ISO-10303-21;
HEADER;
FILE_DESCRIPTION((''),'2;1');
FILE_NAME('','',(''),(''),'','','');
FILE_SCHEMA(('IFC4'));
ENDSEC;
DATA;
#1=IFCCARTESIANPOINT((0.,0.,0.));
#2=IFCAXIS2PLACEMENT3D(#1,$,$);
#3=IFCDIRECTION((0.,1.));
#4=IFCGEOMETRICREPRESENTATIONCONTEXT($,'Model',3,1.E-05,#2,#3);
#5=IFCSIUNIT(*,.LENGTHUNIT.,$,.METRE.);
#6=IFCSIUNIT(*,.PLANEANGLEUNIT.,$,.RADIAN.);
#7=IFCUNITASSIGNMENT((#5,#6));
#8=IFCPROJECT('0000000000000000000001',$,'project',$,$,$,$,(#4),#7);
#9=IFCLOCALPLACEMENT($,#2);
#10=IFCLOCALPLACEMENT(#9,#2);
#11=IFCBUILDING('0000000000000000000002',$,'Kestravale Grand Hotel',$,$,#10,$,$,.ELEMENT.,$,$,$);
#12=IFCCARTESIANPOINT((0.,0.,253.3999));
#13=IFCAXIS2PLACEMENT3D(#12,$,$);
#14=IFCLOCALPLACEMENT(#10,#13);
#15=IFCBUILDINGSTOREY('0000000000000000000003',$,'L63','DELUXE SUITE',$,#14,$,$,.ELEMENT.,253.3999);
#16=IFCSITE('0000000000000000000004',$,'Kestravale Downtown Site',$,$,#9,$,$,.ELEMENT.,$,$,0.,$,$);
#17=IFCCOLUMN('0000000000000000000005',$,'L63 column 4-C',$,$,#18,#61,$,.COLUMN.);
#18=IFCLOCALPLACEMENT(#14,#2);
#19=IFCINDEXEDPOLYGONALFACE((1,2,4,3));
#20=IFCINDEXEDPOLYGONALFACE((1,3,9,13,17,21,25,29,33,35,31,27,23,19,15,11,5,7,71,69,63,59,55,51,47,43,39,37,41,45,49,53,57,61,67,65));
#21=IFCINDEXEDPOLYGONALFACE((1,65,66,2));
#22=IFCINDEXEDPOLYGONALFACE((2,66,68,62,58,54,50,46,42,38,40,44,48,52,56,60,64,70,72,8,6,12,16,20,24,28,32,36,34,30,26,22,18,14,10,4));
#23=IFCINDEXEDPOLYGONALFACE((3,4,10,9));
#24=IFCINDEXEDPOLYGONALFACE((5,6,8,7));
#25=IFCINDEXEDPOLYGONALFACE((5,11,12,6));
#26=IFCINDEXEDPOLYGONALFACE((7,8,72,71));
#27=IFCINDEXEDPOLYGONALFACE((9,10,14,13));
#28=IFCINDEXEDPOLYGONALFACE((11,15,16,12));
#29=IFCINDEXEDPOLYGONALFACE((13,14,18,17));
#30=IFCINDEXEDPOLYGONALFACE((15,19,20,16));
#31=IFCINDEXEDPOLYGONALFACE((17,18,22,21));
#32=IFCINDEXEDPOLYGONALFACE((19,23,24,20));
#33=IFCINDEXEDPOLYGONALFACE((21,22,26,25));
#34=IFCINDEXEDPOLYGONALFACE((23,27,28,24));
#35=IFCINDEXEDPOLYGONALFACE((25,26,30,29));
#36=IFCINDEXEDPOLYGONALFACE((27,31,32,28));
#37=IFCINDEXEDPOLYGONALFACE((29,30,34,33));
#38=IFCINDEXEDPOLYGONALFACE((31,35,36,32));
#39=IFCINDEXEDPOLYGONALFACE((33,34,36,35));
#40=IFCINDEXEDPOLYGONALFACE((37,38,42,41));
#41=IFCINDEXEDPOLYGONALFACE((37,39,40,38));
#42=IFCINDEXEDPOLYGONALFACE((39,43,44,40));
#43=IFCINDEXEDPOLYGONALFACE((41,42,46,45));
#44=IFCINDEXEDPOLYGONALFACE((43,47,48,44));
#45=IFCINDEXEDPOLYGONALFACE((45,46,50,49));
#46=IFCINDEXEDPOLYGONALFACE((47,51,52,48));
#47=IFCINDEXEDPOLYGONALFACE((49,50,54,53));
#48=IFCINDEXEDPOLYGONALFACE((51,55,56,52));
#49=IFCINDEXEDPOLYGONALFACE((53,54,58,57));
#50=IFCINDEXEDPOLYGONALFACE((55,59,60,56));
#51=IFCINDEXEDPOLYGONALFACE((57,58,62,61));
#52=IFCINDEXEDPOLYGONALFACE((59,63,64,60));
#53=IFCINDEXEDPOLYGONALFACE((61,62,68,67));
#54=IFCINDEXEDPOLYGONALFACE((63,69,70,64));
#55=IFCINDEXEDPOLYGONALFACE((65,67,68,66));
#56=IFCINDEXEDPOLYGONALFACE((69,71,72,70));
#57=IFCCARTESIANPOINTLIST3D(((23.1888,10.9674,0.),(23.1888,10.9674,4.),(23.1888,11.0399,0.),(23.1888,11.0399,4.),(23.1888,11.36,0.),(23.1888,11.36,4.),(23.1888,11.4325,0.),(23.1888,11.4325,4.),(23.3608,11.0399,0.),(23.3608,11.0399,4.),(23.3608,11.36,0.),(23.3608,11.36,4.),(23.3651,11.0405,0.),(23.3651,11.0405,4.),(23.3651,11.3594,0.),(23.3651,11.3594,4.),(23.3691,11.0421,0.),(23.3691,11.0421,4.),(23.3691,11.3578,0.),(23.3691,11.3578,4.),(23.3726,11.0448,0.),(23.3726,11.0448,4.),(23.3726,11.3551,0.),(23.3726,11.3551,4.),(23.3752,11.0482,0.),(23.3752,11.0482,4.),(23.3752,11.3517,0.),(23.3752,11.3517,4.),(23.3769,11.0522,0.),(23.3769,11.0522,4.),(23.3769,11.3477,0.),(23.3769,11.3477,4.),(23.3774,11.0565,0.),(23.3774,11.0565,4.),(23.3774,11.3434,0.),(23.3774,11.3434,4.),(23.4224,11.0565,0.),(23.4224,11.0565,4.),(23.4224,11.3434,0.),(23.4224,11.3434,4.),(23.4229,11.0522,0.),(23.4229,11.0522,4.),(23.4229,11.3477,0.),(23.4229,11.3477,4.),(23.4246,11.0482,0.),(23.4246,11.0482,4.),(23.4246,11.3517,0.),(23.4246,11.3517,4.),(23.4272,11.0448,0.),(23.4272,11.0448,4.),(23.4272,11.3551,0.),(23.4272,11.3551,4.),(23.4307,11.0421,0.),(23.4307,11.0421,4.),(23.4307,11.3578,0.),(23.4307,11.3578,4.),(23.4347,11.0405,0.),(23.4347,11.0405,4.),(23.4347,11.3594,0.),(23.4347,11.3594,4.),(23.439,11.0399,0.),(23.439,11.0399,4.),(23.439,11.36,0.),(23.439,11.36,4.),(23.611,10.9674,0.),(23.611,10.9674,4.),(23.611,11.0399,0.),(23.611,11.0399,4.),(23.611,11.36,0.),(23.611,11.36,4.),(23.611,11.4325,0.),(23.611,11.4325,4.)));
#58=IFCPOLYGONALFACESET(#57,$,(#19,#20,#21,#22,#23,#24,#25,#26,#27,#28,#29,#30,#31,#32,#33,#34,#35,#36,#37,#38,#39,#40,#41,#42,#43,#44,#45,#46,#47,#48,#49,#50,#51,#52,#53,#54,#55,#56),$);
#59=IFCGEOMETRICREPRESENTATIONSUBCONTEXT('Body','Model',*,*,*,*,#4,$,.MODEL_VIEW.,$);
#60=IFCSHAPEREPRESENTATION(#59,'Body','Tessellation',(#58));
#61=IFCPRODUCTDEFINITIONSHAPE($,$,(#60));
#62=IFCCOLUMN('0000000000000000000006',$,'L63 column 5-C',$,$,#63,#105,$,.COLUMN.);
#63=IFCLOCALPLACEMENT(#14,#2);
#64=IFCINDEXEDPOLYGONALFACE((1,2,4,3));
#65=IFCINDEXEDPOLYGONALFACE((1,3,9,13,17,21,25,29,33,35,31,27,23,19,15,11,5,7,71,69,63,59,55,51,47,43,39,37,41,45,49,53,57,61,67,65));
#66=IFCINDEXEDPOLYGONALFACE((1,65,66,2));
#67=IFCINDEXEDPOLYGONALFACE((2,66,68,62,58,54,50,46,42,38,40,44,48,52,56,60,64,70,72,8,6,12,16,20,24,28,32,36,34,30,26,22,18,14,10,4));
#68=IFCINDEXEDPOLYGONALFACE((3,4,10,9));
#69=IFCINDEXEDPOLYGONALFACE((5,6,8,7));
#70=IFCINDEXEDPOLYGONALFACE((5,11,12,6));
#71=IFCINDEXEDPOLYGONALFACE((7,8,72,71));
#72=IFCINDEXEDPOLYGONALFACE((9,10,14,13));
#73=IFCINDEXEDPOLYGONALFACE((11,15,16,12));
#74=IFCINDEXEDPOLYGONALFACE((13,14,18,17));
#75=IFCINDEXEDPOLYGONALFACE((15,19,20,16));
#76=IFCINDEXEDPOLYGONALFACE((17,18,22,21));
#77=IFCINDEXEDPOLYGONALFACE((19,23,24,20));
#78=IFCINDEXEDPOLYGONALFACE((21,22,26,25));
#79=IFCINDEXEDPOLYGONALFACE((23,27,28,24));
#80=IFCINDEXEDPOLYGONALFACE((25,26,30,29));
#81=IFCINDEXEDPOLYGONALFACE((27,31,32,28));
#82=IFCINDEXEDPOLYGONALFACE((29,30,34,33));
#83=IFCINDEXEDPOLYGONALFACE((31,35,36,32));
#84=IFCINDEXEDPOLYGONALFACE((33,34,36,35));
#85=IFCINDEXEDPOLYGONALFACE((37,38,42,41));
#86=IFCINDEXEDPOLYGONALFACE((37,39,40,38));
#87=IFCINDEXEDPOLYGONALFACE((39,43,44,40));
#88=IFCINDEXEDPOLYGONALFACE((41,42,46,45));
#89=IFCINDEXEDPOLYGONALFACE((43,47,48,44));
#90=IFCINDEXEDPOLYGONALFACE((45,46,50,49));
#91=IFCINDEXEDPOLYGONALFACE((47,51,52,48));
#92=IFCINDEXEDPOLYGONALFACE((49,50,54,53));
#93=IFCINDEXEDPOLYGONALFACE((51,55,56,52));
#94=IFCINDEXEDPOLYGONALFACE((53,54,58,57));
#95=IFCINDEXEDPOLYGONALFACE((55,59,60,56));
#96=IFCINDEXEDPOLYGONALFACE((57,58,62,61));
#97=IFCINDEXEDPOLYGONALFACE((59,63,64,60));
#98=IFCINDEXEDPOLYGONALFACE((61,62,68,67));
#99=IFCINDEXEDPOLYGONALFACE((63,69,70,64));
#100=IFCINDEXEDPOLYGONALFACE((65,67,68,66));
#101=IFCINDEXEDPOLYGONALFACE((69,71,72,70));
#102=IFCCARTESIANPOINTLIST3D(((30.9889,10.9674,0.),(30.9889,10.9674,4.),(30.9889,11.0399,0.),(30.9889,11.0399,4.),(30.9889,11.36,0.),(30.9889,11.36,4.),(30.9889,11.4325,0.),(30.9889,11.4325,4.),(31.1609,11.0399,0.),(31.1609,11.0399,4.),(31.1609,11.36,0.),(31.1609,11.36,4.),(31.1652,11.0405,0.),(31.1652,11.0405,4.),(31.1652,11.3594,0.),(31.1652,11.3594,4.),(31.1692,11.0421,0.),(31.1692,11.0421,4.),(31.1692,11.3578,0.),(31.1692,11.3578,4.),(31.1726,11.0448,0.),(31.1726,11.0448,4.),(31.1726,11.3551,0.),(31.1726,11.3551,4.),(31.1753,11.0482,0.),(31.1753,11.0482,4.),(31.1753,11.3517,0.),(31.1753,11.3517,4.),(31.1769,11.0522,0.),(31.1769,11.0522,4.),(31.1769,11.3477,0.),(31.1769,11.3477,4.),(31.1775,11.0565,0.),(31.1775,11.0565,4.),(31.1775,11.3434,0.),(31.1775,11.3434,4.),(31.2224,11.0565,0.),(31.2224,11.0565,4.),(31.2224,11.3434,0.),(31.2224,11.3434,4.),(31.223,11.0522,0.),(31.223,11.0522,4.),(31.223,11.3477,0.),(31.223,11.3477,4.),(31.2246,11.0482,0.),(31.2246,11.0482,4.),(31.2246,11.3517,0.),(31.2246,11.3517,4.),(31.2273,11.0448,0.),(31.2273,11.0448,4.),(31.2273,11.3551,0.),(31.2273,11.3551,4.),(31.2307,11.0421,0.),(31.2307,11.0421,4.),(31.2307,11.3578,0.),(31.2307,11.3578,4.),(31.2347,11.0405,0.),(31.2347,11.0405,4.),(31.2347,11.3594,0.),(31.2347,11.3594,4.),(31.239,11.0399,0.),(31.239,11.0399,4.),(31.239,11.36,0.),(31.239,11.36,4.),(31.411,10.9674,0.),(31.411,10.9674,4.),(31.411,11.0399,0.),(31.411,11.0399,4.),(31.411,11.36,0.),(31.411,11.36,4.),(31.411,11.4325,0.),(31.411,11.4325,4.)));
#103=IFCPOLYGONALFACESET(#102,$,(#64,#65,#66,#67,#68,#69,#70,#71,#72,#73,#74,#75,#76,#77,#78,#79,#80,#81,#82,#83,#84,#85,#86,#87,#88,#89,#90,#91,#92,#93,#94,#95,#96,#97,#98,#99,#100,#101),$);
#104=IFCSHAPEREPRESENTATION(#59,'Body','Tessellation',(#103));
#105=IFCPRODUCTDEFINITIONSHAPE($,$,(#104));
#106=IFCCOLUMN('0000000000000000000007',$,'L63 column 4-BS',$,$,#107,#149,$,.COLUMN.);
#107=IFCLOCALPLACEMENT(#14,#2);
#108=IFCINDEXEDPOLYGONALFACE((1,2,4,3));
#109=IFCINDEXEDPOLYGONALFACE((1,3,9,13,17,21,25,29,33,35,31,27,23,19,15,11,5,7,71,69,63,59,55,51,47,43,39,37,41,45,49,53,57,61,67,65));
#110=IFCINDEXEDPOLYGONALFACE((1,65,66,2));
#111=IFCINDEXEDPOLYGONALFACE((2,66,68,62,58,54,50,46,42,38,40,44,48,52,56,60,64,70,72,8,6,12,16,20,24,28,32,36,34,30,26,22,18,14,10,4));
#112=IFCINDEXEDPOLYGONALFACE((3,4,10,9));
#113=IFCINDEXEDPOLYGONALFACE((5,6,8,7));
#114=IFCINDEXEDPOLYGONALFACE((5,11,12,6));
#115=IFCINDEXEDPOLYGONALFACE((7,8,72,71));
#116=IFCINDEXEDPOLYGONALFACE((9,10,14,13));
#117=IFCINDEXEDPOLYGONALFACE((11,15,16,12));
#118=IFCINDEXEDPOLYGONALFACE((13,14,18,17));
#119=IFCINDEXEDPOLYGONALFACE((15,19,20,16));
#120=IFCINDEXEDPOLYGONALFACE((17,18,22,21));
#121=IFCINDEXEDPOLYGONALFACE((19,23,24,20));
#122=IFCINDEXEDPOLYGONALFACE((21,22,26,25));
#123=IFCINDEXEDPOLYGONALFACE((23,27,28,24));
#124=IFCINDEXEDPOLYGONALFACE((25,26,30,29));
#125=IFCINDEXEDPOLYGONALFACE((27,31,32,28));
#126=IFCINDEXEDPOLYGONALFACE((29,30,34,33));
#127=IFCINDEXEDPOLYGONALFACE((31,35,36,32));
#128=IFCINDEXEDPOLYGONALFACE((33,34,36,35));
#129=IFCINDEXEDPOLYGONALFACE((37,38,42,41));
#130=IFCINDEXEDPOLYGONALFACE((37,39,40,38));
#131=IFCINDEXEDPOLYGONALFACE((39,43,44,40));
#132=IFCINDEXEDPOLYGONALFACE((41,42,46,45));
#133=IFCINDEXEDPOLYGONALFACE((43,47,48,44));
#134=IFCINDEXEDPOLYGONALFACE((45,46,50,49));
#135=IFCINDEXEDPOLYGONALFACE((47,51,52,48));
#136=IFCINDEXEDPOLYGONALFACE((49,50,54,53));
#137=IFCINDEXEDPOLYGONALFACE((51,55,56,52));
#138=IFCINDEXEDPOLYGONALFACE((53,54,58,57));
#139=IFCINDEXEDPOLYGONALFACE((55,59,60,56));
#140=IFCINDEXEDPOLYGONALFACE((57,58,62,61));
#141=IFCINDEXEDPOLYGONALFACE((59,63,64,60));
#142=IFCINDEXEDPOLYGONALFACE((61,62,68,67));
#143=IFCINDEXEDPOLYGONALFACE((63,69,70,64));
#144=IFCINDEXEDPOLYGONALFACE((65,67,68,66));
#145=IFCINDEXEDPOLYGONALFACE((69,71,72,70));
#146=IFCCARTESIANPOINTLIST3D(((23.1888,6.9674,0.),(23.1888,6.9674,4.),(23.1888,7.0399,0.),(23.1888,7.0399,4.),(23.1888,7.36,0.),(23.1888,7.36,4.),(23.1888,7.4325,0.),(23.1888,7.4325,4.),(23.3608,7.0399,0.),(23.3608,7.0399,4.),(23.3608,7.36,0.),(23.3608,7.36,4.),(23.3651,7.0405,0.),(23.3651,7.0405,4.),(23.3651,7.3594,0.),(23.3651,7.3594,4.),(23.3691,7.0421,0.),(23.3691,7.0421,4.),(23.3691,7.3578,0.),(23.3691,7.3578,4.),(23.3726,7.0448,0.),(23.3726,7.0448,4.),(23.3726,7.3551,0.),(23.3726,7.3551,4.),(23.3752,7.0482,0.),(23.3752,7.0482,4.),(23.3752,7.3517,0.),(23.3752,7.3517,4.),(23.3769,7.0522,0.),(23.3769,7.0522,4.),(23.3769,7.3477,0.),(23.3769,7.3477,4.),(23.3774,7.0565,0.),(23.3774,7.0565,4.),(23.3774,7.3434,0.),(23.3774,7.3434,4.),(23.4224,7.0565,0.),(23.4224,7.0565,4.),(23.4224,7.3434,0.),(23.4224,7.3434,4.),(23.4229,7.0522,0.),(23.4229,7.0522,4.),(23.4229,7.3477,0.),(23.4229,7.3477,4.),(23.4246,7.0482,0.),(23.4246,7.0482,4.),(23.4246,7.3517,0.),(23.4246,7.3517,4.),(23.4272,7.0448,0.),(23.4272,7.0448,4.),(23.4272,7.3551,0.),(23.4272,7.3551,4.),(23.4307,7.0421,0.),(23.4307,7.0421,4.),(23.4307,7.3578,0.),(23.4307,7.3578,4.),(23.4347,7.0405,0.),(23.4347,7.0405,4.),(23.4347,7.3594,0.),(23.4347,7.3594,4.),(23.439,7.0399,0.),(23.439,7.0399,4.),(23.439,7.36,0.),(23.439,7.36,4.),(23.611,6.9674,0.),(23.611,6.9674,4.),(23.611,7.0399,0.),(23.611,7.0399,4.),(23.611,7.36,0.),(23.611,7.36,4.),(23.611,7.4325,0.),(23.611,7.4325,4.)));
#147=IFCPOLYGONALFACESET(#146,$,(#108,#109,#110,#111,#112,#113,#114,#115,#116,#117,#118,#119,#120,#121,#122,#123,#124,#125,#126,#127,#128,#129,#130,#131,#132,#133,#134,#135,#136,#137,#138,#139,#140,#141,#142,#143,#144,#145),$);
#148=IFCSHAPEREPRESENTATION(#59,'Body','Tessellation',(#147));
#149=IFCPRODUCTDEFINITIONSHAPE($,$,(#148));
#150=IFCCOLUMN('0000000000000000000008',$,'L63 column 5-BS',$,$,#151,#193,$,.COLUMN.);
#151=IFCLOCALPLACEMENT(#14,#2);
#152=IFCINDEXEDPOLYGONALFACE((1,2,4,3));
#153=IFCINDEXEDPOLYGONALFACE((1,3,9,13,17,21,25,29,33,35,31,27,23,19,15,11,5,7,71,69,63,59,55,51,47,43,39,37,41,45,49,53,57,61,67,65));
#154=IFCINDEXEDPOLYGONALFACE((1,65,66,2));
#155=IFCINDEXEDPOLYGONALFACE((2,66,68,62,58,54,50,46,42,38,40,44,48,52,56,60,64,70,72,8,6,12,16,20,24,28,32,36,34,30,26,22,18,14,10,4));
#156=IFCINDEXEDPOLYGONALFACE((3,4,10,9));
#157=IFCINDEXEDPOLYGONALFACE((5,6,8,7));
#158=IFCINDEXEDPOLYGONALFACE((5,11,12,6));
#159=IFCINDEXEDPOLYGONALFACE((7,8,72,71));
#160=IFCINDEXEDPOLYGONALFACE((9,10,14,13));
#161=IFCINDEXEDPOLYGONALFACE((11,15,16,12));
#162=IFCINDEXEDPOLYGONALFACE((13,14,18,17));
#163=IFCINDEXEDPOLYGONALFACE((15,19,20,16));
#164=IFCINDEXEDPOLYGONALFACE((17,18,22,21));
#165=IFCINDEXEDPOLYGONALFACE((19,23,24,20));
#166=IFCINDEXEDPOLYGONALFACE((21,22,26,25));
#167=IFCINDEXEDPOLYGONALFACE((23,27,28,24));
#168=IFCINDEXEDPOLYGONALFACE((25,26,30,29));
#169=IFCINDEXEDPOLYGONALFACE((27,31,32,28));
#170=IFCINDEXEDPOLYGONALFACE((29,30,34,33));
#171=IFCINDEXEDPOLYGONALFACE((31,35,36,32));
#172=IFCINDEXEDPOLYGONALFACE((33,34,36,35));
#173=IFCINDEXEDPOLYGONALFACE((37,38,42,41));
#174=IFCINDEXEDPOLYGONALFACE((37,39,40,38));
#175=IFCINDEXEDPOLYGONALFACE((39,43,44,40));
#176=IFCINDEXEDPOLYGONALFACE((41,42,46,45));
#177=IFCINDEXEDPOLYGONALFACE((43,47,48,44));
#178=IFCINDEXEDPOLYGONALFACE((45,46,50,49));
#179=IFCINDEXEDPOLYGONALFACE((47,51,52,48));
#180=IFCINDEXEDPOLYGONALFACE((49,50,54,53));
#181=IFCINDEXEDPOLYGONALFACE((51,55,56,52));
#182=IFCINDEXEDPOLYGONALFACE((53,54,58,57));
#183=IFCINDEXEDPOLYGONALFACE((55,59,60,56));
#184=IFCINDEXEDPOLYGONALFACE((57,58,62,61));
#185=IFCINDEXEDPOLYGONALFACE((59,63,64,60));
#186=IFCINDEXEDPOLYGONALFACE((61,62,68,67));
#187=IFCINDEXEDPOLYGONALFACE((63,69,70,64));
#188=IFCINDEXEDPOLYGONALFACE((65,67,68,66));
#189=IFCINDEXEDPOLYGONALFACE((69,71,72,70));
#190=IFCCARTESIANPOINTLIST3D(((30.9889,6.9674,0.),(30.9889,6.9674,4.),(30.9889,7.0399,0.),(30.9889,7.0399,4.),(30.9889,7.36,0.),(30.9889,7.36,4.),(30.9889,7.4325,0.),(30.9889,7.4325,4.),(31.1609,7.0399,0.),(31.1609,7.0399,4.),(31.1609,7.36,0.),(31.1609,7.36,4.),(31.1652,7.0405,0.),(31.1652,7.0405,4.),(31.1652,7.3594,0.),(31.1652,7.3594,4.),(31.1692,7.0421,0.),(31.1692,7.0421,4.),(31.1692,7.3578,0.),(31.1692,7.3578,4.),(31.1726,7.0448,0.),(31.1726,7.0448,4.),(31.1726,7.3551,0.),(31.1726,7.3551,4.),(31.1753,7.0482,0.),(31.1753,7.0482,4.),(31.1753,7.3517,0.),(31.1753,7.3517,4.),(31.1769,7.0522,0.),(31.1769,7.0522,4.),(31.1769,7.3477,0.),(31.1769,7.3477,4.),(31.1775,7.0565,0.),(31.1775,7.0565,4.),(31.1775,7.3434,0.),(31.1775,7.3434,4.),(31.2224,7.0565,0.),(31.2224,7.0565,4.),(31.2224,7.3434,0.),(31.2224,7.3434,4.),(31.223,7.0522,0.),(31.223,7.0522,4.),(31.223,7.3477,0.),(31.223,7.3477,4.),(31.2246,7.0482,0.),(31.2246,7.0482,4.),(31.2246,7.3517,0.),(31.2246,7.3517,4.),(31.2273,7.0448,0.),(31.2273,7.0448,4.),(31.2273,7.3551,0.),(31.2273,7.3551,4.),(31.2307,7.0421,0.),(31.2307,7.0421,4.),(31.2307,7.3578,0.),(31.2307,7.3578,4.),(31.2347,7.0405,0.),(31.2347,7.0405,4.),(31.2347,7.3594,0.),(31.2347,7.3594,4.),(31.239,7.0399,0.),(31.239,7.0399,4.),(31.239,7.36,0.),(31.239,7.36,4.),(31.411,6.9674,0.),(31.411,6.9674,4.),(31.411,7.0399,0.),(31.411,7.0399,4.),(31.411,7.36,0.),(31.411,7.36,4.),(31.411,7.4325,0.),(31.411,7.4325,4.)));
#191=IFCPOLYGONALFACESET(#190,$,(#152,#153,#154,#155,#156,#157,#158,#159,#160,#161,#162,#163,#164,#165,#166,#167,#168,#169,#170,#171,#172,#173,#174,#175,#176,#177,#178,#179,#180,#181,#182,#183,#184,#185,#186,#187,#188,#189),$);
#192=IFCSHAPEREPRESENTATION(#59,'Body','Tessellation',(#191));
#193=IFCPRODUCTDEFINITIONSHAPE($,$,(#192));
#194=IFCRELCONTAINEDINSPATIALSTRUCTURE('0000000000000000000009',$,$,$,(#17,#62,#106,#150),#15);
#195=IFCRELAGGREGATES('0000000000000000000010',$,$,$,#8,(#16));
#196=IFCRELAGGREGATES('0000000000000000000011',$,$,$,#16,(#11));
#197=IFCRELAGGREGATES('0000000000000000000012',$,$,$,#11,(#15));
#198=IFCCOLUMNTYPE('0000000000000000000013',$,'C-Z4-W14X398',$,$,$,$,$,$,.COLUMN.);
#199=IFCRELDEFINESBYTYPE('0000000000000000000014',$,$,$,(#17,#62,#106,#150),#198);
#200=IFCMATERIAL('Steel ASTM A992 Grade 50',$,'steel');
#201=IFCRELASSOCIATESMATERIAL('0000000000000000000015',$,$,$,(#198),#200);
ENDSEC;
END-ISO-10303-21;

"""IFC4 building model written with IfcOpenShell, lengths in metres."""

from ifc_helpers import new_model, si_unit, direction, frame, origin, origin_2d, place, context, subcontext, project, spatial, i_section, extrude, material, material_profile, profile_set, type_object, element, save


model = new_model("IFC4")

# Units and contexts
model_context = context("Model", 3, precision=1e-05, world=origin(), true_north=direction((0.0, 1.0)))
body_context = subcontext(model_context, "Body", "Model", "MODEL_VIEW")
ifc_project = project(units=[si_unit("LENGTHUNIT", "METRE"), si_unit("PLANEANGLEUNIT", "RADIAN")], contexts=[model_context])

# Site, building, storey
site_placement = place(None, origin())
site = spatial("IfcSite", under=ifc_project, at=site_placement, Name="Kestravale Downtown Site", CompositionType="ELEMENT", RefElevation=0.0)
building_placement = place(site_placement, origin())
building = spatial("IfcBuilding", under=site, at=building_placement, Name="Kestravale Grand Hotel", CompositionType="ELEMENT")
storey_placement = place(building_placement, frame((0.0, 0.0, 253.3999)))
storey = spatial("IfcBuildingStorey", under=building, at=storey_placement, Name="L63", Description="DELUXE SUITE", CompositionType="ELEMENT", Elevation=253.3999)

# Columns
ifc_material_1 = material(Name="Steel ASTM A992 Grade 50", Category="steel")
ifc_material_profile_1 = material_profile(ifc_material_1, i_section(OverallWidth=0.4221, OverallDepth=0.4651, WebThickness=0.0449, FlangeThickness=0.0725, FilletRadius=0.0166, at=origin_2d()))
ifc_profile_set_1 = profile_set([ifc_material_profile_1], Name="Steel ASTM A992 Grade 50")
column_type = type_object("IfcColumnType", Name="C-Z4-W14X398", PredefinedType="COLUMN", material=ifc_profile_set_1)
for number, where, z_axis, x_axis, name in (
    (1, (23.3999, 11.2, 0.0), (0.0, 0.0, 1.0), (1.0, 0.0, 0.0), "L63 column 4-C"),
    (2, (31.2, 11.2, 0.0), (0.0, 0.0, 1.0), (1.0, 0.0, 0.0), "L63 column 5-C"),
    (3, (23.3999, 7.2, 0.0), (0.0, 0.0, 1.0), (1.0, 0.0, 0.0), "L63 column 4-BS"),
    (4, (31.2, 7.2, 0.0), (0.0, 0.0, 1.0), (1.0, 0.0, 0.0), "L63 column 5-BS"),
):
    element("IfcColumn", number, at=place(storey_placement, frame(where, z_axis=z_axis, x_axis=x_axis)), inside=storey, type_object=column_type, Name=name, PredefinedType="COLUMN", context=body_context, shape_type="SweptSolid", body=[
        extrude(i_section(OverallWidth=0.4221, OverallDepth=0.4651, WebThickness=0.0449, FlangeThickness=0.0725, FilletRadius=0.0166, at=origin_2d()), origin(), (0.0, 0.0, 1.0), 4.0),
    ])

save(model, "model.ifc")
